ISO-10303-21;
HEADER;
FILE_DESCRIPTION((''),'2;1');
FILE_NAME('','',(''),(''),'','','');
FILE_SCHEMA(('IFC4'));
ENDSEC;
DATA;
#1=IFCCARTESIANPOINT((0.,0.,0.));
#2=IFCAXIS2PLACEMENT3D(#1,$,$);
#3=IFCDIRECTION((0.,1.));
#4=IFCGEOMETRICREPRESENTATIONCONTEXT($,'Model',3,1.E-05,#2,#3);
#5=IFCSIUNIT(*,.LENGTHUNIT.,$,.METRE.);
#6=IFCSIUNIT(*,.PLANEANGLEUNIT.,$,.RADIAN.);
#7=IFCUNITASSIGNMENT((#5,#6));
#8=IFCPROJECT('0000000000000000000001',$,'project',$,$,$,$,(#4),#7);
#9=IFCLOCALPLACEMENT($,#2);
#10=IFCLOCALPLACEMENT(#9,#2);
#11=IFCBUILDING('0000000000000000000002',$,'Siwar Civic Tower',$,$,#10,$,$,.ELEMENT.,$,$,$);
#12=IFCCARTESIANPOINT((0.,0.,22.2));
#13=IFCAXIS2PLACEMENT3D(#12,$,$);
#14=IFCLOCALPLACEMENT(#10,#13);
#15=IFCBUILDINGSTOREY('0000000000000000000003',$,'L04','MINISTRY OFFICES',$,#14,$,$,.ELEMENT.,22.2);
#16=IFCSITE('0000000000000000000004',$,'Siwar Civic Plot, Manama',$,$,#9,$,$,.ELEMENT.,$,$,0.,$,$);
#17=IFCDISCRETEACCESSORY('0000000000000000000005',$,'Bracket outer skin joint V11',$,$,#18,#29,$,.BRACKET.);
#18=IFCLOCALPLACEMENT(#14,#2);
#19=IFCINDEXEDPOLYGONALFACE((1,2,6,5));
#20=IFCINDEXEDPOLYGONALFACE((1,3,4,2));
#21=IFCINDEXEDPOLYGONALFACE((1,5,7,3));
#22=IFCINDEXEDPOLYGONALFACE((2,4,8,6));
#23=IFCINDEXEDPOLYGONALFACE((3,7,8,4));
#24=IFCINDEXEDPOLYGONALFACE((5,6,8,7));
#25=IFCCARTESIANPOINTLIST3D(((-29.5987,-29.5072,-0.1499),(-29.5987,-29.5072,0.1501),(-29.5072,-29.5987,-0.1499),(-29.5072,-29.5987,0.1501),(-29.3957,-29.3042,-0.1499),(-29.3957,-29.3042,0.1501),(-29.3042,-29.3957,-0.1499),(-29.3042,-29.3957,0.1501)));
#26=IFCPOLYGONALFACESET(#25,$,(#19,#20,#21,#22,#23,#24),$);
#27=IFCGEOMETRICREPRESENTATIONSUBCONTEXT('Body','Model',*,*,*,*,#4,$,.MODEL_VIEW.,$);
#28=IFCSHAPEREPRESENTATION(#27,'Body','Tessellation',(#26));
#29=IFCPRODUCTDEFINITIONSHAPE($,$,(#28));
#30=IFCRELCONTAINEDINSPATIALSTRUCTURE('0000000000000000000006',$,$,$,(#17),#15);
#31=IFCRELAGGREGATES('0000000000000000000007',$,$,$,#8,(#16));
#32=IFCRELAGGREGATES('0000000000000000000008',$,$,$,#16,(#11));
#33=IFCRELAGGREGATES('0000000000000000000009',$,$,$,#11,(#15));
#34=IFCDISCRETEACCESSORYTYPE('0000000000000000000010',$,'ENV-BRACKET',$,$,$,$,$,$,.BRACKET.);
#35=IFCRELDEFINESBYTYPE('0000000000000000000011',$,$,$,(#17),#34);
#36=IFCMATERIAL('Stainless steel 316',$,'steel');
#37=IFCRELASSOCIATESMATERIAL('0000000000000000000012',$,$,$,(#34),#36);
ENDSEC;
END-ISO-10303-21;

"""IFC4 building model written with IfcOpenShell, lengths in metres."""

from ifc_helpers import new_model, si_unit, direction, frame, origin, origin_2d, place, context, subcontext, project, spatial, rectangle, extrude, material, type_object, element, save


model = new_model("IFC4")

# Units and contexts
model_context = context("Model", 3, precision=1e-05, world=origin(), true_north=direction((0.0, 1.0)))
body_context = subcontext(model_context, "Body", "Model", "MODEL_VIEW")
ifc_project = project(units=[si_unit("LENGTHUNIT", "METRE"), si_unit("PLANEANGLEUNIT", "RADIAN")], contexts=[model_context])

# Site, building, storey
site_placement = place(None, origin())
site = spatial("IfcSite", under=ifc_project, at=site_placement, Name="Siwar Civic Plot, Manama", CompositionType="ELEMENT", RefElevation=0.0)
building_placement = place(site_placement, origin())
building = spatial("IfcBuilding", under=site, at=building_placement, Name="Siwar Civic Tower", CompositionType="ELEMENT")
storey_placement = place(building_placement, frame((0.0, 0.0, 22.2)))
storey = spatial("IfcBuildingStorey", under=building, at=storey_placement, Name="L04", Description="MINISTRY OFFICES", CompositionType="ELEMENT", Elevation=22.2)

# Discrete accessory
ifc_material_1 = material(Name="Stainless steel 316", Category="steel")
discrete_accessory_type = type_object("IfcDiscreteAccessoryType", Name="ENV-BRACKET", PredefinedType="BRACKET", material=ifc_material_1)
discrete_accessory_placement = place(storey_placement, frame((-29.4514, -29.4514, -0.1499), z_axis=(0.0, 0.0, 1.0), x_axis=(-0.707107, -0.707107, 0.0)))
element("IfcDiscreteAccessory", 1, at=discrete_accessory_placement, inside=storey, type_object=discrete_accessory_type, Name="Bracket outer skin joint V11", PredefinedType="BRACKET", context=body_context, shape_type="SweptSolid", body=[
    extrude(rectangle(XDim=0.2871, YDim=0.1294, at=origin_2d()), origin(), (0.0, 0.0, 1.0), 0.3),
])

save(model, "model.ifc")
